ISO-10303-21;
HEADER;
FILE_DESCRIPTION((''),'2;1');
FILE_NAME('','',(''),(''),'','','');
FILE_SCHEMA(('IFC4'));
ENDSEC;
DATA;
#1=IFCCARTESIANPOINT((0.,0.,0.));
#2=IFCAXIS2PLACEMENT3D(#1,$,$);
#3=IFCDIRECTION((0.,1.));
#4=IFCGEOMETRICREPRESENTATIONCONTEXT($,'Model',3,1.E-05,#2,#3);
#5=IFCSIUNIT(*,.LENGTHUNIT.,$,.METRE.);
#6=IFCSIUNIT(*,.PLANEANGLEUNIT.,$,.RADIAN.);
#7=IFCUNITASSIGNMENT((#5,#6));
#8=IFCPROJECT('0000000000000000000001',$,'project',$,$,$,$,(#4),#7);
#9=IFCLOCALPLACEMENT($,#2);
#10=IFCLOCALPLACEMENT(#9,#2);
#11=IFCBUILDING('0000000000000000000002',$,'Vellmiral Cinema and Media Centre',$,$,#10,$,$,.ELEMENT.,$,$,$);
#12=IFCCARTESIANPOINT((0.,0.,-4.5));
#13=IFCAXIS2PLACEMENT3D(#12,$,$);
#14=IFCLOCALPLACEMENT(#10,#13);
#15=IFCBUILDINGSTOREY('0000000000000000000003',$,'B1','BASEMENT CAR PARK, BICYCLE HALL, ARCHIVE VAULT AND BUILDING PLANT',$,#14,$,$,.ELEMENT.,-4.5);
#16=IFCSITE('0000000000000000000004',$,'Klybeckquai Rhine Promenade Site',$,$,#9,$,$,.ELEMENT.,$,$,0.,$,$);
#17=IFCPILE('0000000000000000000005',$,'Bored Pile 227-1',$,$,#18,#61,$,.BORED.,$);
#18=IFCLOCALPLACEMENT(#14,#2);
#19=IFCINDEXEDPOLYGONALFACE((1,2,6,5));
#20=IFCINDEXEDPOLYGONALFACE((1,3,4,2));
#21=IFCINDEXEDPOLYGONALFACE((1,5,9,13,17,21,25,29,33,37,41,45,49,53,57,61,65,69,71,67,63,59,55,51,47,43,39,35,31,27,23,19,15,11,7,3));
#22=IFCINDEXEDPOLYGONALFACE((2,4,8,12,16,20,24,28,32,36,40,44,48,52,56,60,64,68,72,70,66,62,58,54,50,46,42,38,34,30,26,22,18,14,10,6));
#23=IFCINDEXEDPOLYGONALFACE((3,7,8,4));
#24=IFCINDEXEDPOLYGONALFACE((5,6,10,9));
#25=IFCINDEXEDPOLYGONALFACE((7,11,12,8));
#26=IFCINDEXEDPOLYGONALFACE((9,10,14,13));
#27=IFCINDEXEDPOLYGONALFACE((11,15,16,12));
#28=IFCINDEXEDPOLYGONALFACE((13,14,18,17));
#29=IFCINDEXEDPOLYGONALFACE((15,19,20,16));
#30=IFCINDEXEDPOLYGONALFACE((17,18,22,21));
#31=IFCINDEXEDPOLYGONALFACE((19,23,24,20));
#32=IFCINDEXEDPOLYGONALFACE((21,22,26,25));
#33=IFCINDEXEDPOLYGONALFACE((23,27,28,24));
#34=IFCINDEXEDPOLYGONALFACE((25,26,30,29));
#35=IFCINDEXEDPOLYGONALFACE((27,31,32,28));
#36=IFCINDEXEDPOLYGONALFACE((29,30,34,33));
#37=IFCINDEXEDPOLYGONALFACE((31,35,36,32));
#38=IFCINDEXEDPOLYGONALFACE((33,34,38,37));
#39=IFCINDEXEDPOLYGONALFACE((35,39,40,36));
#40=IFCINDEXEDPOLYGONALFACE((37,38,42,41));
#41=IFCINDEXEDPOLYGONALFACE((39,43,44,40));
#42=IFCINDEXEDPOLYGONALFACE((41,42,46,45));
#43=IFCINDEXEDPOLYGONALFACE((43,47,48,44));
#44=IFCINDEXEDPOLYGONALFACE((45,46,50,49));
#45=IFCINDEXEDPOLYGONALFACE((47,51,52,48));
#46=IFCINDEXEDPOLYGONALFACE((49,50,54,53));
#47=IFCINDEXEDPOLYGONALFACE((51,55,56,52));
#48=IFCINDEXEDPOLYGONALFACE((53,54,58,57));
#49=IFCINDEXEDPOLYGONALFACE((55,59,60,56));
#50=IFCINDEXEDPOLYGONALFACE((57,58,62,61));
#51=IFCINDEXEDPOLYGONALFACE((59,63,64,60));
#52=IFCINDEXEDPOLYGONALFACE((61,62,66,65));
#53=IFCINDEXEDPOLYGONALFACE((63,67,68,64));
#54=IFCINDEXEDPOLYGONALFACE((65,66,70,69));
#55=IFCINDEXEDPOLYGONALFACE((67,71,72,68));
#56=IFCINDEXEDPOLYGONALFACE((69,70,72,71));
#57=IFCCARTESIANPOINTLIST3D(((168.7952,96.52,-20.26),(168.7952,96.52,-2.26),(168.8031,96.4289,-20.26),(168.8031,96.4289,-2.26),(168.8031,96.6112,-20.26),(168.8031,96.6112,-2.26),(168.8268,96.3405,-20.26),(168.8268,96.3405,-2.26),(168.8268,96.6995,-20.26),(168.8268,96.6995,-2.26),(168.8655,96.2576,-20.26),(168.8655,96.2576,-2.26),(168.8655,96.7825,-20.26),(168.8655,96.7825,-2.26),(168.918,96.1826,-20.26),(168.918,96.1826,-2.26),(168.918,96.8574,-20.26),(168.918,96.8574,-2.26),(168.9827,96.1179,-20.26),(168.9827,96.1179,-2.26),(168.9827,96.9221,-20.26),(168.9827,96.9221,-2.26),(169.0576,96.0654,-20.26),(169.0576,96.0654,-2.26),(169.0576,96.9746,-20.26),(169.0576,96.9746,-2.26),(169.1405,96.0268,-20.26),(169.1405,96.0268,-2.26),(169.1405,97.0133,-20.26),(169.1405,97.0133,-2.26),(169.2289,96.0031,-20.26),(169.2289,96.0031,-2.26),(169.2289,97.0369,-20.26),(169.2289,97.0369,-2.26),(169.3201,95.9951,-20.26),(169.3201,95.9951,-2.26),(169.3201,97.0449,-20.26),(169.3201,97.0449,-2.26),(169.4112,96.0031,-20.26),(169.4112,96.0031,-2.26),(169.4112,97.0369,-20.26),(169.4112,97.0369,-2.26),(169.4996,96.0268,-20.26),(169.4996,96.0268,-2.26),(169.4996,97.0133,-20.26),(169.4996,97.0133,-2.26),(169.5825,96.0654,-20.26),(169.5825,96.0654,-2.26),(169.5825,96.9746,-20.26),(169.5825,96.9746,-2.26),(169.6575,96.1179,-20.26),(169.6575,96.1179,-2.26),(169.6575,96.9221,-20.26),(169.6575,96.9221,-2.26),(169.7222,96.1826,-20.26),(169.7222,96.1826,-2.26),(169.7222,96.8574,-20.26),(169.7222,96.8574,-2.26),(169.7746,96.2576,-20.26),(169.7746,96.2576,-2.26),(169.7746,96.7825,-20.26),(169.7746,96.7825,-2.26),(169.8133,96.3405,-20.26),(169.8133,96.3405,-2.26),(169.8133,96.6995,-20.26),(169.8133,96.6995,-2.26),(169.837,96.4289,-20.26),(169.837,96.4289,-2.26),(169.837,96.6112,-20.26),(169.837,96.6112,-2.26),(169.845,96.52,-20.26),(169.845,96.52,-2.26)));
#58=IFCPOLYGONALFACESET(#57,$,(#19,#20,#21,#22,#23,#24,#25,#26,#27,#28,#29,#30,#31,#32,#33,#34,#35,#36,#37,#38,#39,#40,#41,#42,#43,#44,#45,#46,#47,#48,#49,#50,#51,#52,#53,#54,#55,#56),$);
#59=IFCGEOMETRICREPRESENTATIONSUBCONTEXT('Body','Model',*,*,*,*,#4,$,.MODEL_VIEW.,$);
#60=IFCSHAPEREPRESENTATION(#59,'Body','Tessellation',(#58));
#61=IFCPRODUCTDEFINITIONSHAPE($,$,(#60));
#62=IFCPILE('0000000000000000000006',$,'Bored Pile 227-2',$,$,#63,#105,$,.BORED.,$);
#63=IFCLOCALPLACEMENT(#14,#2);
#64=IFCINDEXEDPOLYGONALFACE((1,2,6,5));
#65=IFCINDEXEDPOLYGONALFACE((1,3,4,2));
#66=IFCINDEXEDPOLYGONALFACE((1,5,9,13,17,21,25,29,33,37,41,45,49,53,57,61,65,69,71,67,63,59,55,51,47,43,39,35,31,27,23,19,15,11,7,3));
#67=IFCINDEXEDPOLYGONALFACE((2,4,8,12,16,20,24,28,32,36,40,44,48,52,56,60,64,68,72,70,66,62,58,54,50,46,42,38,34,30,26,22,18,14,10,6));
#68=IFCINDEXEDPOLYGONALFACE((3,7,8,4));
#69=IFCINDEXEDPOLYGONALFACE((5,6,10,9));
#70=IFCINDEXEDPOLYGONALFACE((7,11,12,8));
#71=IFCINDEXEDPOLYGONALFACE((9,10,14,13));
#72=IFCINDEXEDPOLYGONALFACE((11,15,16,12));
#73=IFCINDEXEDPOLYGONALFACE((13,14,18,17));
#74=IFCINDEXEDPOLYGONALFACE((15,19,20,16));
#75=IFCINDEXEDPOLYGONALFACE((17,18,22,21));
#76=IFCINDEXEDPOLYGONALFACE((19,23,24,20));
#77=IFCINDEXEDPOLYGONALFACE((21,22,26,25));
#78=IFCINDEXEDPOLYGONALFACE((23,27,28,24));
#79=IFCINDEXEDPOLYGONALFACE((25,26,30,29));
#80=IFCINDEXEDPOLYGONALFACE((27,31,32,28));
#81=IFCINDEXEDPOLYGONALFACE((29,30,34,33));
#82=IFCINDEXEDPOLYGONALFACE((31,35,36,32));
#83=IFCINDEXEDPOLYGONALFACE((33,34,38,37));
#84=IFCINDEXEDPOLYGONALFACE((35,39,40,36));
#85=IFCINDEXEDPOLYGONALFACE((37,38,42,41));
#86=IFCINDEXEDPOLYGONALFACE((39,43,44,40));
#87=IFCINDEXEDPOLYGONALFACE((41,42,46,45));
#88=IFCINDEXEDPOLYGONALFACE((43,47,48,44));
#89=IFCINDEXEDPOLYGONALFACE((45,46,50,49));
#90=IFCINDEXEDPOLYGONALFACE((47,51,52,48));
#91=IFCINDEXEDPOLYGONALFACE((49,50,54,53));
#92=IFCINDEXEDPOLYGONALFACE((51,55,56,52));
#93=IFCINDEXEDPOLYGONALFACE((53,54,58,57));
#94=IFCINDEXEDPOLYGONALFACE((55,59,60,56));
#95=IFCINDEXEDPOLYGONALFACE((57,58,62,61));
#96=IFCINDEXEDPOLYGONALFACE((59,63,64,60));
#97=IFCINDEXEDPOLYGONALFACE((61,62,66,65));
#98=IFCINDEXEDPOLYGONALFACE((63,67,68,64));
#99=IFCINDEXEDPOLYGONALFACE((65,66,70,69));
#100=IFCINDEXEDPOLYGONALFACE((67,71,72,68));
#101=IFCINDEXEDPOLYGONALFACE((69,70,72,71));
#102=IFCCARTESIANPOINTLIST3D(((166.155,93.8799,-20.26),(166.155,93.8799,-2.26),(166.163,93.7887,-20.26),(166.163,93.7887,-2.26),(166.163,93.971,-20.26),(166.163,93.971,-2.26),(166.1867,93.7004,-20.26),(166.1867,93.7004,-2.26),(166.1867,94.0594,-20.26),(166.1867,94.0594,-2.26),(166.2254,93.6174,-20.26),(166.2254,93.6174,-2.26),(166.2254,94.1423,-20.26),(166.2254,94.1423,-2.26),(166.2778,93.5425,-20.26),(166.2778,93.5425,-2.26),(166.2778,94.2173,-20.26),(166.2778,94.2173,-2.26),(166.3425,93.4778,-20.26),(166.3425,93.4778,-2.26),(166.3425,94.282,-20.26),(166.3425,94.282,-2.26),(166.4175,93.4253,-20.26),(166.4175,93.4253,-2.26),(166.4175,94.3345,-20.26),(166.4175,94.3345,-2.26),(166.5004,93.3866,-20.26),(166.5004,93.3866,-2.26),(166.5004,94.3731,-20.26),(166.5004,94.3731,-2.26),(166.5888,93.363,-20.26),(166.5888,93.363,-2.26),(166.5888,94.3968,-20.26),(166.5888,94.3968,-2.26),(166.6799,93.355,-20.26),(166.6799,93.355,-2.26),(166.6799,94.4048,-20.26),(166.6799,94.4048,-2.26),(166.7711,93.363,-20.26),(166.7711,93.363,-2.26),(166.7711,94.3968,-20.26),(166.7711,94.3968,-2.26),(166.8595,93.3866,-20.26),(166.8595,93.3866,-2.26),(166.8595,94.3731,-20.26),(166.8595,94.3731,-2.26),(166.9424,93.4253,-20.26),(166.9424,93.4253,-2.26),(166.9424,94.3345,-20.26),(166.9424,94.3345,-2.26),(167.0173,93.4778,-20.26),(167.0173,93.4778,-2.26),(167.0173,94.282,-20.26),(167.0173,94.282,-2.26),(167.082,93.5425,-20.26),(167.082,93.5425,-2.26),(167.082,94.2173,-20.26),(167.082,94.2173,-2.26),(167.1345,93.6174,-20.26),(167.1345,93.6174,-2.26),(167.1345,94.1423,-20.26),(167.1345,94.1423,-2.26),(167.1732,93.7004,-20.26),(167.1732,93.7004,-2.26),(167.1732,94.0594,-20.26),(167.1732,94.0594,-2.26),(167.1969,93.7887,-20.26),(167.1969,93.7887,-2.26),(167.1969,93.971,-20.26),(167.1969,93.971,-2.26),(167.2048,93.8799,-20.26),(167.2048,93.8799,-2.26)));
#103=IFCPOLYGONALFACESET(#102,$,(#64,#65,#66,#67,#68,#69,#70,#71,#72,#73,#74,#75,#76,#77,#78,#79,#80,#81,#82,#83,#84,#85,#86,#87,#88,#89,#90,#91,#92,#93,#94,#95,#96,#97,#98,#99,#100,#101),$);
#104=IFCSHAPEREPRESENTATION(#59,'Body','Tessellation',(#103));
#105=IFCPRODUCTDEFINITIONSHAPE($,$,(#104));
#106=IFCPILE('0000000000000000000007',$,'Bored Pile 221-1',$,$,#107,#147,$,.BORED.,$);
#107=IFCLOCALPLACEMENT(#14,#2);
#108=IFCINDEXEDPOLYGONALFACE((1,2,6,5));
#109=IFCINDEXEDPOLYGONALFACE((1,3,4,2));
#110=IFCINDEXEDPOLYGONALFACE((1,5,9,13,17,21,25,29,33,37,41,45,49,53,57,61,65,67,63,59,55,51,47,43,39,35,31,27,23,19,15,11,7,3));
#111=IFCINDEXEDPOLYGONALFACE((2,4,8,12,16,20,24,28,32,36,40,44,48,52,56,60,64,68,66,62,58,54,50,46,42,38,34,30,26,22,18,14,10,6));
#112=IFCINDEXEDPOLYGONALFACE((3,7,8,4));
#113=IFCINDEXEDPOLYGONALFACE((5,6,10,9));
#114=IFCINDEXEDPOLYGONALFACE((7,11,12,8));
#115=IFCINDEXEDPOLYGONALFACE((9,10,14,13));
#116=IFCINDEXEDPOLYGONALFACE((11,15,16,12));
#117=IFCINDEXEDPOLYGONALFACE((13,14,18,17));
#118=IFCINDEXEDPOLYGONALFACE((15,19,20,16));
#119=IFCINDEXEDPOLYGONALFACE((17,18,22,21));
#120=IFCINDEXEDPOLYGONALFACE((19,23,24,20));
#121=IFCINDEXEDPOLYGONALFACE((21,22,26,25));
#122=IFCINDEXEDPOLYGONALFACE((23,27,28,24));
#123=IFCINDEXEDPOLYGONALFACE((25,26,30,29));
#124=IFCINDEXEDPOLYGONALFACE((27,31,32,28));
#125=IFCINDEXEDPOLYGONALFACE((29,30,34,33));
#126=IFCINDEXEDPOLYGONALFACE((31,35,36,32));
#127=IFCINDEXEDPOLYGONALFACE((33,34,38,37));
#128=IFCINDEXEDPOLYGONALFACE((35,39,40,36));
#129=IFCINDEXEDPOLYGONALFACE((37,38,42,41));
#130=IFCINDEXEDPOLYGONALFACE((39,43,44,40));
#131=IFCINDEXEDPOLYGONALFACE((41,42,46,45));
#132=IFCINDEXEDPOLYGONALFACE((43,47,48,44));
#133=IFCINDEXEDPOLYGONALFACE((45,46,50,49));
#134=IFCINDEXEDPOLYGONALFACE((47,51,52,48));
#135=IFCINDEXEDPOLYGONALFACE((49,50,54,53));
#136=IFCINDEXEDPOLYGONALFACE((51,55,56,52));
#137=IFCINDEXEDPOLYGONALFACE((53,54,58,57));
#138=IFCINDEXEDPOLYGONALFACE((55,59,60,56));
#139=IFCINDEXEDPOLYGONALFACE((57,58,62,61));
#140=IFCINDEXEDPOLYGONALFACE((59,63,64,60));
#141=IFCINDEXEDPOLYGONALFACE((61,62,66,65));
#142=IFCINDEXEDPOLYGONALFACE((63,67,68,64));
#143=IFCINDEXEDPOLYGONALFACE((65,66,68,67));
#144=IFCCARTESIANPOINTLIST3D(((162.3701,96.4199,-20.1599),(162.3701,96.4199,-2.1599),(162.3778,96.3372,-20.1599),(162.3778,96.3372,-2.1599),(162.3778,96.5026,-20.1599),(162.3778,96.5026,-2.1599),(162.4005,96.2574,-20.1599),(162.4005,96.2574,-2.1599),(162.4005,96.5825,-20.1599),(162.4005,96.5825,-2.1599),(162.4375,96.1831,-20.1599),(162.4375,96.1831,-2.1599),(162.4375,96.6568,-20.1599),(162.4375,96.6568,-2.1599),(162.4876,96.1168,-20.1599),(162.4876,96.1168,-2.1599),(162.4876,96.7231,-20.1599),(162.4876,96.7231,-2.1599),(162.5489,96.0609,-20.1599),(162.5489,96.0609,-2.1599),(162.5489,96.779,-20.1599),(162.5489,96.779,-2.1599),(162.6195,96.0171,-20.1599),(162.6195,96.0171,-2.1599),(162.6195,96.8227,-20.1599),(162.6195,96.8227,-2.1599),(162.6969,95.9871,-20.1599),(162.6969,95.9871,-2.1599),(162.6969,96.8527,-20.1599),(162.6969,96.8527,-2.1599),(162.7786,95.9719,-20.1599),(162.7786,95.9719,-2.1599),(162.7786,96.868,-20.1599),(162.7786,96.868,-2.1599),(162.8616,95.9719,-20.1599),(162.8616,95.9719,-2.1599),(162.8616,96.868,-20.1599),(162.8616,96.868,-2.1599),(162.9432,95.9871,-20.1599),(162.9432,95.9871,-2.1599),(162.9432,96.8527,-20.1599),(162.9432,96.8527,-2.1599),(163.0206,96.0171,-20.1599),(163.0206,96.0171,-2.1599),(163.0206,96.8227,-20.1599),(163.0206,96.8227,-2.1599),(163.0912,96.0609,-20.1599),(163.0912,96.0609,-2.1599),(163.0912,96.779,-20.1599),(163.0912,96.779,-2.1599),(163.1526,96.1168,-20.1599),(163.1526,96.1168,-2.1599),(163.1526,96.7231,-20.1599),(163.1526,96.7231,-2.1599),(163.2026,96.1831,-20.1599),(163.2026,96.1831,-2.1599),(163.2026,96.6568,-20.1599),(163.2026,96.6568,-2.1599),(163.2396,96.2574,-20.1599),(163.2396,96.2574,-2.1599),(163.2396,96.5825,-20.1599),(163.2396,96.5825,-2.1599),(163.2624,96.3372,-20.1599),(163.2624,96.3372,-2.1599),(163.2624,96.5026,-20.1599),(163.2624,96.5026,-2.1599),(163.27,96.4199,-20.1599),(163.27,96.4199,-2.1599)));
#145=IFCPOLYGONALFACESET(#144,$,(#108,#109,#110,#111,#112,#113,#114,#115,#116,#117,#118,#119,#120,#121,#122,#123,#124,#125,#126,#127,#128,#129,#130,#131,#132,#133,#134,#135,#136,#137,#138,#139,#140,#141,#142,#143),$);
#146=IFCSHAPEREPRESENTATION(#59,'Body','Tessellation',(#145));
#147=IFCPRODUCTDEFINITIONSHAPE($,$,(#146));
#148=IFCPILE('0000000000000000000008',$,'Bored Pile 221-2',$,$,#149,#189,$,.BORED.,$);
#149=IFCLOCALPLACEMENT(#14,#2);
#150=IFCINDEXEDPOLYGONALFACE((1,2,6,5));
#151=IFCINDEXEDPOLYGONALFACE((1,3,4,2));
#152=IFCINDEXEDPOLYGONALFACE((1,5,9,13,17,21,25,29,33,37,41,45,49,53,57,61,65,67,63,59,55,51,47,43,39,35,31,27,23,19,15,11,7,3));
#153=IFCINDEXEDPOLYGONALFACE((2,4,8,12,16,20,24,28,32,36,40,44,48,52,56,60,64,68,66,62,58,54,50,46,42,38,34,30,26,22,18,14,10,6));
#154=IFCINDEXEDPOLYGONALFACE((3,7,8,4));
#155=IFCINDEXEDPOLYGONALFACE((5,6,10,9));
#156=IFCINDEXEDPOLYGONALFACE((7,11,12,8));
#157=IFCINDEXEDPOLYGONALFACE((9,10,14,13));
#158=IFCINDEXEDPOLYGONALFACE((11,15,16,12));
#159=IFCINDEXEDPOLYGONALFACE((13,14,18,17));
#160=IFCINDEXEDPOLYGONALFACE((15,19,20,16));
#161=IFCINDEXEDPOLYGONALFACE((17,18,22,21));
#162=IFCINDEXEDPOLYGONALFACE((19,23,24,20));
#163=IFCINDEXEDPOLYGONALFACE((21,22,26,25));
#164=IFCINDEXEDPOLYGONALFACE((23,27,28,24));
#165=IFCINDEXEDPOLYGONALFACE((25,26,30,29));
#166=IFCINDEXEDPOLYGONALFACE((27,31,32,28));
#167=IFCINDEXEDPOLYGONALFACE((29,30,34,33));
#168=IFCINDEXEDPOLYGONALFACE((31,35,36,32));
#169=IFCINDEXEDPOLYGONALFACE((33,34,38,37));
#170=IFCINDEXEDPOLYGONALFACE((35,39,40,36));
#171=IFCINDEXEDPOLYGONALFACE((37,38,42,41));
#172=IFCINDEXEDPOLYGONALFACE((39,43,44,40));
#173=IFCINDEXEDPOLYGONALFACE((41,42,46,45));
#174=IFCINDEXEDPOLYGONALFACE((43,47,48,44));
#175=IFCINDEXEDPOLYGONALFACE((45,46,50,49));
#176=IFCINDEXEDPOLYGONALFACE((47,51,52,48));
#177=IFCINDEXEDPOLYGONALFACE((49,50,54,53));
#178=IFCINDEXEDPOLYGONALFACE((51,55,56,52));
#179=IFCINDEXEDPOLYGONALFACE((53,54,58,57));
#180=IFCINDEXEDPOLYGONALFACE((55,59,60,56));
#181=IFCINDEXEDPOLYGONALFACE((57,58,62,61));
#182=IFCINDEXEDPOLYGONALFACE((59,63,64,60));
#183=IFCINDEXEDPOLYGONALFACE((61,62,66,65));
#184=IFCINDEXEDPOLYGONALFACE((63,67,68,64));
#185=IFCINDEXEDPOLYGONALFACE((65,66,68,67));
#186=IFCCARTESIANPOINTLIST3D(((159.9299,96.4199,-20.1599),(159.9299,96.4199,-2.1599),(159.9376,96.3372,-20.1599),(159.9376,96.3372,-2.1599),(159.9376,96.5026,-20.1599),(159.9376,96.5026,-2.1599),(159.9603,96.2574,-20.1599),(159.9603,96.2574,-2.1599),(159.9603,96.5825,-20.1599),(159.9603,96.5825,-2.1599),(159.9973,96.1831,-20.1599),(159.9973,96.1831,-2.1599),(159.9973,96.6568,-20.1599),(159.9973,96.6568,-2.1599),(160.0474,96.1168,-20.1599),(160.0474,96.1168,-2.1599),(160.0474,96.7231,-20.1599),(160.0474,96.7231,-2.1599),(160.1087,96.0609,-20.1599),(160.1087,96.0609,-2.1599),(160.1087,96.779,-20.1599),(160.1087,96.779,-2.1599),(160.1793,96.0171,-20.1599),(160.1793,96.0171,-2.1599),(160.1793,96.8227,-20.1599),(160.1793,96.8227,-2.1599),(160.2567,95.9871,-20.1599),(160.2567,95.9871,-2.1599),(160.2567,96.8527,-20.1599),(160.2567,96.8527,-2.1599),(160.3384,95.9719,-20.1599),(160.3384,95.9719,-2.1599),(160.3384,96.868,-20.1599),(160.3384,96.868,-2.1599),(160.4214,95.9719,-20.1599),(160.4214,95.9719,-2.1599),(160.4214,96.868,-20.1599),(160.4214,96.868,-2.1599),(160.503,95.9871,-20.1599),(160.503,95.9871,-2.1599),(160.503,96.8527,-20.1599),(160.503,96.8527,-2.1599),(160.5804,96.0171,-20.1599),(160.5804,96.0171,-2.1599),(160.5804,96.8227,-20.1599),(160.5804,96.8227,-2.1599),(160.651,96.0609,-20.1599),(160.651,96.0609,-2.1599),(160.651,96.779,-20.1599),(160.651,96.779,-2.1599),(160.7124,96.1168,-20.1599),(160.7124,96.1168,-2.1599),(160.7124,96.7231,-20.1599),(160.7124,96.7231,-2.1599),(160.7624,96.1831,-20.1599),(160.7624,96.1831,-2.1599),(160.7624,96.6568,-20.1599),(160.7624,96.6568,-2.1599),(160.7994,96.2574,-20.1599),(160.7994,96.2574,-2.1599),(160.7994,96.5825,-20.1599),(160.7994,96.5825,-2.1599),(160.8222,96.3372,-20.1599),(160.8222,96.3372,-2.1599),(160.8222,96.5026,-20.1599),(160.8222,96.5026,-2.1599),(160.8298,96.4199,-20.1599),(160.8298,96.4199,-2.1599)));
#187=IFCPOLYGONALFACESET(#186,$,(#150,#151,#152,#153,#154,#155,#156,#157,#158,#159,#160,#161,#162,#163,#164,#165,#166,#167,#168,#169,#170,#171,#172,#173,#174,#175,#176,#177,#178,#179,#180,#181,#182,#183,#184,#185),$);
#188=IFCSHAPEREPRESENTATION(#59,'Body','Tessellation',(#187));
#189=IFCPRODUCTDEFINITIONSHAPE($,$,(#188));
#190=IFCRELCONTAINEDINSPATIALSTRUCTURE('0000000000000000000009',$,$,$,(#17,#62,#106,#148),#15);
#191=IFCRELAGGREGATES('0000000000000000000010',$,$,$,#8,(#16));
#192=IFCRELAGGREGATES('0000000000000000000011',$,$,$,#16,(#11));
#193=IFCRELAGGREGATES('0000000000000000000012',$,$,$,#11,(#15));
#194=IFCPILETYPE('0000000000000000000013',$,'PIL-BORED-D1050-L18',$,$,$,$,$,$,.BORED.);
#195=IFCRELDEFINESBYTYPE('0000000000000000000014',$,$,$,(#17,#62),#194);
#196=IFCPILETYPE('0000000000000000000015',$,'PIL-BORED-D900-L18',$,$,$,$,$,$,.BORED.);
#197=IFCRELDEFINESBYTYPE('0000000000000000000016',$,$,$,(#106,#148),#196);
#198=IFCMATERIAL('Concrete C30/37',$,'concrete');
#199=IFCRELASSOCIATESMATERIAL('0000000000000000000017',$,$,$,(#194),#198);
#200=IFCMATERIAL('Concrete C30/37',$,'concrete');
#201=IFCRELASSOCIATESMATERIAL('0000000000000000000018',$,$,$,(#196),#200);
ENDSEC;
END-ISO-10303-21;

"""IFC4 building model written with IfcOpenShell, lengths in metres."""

from ifc_helpers import new_model, si_unit, direction, frame, origin, origin_2d, place, context, subcontext, project, spatial, circle, extrude, material, material_profile, profile_set, type_object, element, save


model = new_model("IFC4")

# Units and contexts
model_context = context("Model", 3, precision=1e-05, world=origin(), true_north=direction((0.0, 1.0)))
body_context = subcontext(model_context, "Body", "Model", "MODEL_VIEW")
ifc_project = project(units=[si_unit("LENGTHUNIT", "METRE"), si_unit("PLANEANGLEUNIT", "RADIAN")], contexts=[model_context])

# Site, building, storey
site_placement = place(None, origin())
site = spatial("IfcSite", under=ifc_project, at=site_placement, Name="Klybeckquai Rhine Promenade Site", CompositionType="ELEMENT", RefElevation=0.0)
building_placement = place(site_placement, origin())
building = spatial("IfcBuilding", under=site, at=building_placement, Name="Vellmiral Cinema and Media Centre", CompositionType="ELEMENT")
storey_placement = place(building_placement, frame((0.0, 0.0, -4.5)))
storey = spatial("IfcBuildingStorey", under=building, at=storey_placement, Name="B1", Description="BASEMENT CAR PARK, BICYCLE HALL, ARCHIVE VAULT AND BUILDING PLANT", CompositionType="ELEMENT", Elevation=-4.5)

# Piles
ifc_material_1 = material(Name="Concrete C30/37", Category="concrete")
ifc_material_profile_1 = material_profile(ifc_material_1, circle(Radius=0.5249, at=origin_2d()), Name="PILE D1050")
ifc_profile_set_1 = profile_set([ifc_material_profile_1], Name="Concrete C30/37")
pile_type_1 = type_object("IfcPileType", Name="PIL-BORED-D1050-L18", PredefinedType="BORED", material=ifc_profile_set_1)
for number, where, z_axis, x_axis, name in (
    (1, (169.3201, 96.52, -2.26), (0.0, 0.0, -1.0), (1.0, 0.0, 0.0), "Bored Pile 227-1"),
    (2, (166.6799, 93.8799, -2.26), (0.0, 0.0, -1.0), (1.0, 0.0, 0.0), "Bored Pile 227-2"),
):
    element("IfcPile", number, at=place(storey_placement, frame(where, z_axis=z_axis, x_axis=x_axis)), inside=storey, type_object=pile_type_1, Name=name, PredefinedType="BORED", context=body_context, shape_type="SweptSolid", body=[
        extrude(circle(Radius=0.5249, at=origin_2d()), origin(), (0.0, 0.0, 1.0), 18.0),
    ])
ifc_material_2 = material(Name="Concrete C30/37", Category="concrete")
ifc_material_profile_2 = material_profile(ifc_material_2, circle(Radius=0.45, at=origin_2d()), Name="PILE D900")
ifc_profile_set_2 = profile_set([ifc_material_profile_2], Name="Concrete C30/37")
pile_type_2 = type_object("IfcPileType", Name="PIL-BORED-D900-L18", PredefinedType="BORED", material=ifc_profile_set_2)
for number, where, z_axis, x_axis, name in (
    (3, (162.8201, 96.4199, -2.1599), (0.0, 0.0, -1.0), (1.0, 0.0, 0.0), "Bored Pile 221-1"),
    (4, (160.3799, 96.4199, -2.1599), (0.0, 0.0, -1.0), (1.0, 0.0, 0.0), "Bored Pile 221-2"),
):
    element("IfcPile", number, at=place(storey_placement, frame(where, z_axis=z_axis, x_axis=x_axis)), inside=storey, type_object=pile_type_2, Name=name, PredefinedType="BORED", context=body_context, shape_type="SweptSolid", body=[
        extrude(circle(Radius=0.45, at=origin_2d()), origin(), (0.0, 0.0, 1.0), 18.0),
    ])

save(model, "model.ifc")
